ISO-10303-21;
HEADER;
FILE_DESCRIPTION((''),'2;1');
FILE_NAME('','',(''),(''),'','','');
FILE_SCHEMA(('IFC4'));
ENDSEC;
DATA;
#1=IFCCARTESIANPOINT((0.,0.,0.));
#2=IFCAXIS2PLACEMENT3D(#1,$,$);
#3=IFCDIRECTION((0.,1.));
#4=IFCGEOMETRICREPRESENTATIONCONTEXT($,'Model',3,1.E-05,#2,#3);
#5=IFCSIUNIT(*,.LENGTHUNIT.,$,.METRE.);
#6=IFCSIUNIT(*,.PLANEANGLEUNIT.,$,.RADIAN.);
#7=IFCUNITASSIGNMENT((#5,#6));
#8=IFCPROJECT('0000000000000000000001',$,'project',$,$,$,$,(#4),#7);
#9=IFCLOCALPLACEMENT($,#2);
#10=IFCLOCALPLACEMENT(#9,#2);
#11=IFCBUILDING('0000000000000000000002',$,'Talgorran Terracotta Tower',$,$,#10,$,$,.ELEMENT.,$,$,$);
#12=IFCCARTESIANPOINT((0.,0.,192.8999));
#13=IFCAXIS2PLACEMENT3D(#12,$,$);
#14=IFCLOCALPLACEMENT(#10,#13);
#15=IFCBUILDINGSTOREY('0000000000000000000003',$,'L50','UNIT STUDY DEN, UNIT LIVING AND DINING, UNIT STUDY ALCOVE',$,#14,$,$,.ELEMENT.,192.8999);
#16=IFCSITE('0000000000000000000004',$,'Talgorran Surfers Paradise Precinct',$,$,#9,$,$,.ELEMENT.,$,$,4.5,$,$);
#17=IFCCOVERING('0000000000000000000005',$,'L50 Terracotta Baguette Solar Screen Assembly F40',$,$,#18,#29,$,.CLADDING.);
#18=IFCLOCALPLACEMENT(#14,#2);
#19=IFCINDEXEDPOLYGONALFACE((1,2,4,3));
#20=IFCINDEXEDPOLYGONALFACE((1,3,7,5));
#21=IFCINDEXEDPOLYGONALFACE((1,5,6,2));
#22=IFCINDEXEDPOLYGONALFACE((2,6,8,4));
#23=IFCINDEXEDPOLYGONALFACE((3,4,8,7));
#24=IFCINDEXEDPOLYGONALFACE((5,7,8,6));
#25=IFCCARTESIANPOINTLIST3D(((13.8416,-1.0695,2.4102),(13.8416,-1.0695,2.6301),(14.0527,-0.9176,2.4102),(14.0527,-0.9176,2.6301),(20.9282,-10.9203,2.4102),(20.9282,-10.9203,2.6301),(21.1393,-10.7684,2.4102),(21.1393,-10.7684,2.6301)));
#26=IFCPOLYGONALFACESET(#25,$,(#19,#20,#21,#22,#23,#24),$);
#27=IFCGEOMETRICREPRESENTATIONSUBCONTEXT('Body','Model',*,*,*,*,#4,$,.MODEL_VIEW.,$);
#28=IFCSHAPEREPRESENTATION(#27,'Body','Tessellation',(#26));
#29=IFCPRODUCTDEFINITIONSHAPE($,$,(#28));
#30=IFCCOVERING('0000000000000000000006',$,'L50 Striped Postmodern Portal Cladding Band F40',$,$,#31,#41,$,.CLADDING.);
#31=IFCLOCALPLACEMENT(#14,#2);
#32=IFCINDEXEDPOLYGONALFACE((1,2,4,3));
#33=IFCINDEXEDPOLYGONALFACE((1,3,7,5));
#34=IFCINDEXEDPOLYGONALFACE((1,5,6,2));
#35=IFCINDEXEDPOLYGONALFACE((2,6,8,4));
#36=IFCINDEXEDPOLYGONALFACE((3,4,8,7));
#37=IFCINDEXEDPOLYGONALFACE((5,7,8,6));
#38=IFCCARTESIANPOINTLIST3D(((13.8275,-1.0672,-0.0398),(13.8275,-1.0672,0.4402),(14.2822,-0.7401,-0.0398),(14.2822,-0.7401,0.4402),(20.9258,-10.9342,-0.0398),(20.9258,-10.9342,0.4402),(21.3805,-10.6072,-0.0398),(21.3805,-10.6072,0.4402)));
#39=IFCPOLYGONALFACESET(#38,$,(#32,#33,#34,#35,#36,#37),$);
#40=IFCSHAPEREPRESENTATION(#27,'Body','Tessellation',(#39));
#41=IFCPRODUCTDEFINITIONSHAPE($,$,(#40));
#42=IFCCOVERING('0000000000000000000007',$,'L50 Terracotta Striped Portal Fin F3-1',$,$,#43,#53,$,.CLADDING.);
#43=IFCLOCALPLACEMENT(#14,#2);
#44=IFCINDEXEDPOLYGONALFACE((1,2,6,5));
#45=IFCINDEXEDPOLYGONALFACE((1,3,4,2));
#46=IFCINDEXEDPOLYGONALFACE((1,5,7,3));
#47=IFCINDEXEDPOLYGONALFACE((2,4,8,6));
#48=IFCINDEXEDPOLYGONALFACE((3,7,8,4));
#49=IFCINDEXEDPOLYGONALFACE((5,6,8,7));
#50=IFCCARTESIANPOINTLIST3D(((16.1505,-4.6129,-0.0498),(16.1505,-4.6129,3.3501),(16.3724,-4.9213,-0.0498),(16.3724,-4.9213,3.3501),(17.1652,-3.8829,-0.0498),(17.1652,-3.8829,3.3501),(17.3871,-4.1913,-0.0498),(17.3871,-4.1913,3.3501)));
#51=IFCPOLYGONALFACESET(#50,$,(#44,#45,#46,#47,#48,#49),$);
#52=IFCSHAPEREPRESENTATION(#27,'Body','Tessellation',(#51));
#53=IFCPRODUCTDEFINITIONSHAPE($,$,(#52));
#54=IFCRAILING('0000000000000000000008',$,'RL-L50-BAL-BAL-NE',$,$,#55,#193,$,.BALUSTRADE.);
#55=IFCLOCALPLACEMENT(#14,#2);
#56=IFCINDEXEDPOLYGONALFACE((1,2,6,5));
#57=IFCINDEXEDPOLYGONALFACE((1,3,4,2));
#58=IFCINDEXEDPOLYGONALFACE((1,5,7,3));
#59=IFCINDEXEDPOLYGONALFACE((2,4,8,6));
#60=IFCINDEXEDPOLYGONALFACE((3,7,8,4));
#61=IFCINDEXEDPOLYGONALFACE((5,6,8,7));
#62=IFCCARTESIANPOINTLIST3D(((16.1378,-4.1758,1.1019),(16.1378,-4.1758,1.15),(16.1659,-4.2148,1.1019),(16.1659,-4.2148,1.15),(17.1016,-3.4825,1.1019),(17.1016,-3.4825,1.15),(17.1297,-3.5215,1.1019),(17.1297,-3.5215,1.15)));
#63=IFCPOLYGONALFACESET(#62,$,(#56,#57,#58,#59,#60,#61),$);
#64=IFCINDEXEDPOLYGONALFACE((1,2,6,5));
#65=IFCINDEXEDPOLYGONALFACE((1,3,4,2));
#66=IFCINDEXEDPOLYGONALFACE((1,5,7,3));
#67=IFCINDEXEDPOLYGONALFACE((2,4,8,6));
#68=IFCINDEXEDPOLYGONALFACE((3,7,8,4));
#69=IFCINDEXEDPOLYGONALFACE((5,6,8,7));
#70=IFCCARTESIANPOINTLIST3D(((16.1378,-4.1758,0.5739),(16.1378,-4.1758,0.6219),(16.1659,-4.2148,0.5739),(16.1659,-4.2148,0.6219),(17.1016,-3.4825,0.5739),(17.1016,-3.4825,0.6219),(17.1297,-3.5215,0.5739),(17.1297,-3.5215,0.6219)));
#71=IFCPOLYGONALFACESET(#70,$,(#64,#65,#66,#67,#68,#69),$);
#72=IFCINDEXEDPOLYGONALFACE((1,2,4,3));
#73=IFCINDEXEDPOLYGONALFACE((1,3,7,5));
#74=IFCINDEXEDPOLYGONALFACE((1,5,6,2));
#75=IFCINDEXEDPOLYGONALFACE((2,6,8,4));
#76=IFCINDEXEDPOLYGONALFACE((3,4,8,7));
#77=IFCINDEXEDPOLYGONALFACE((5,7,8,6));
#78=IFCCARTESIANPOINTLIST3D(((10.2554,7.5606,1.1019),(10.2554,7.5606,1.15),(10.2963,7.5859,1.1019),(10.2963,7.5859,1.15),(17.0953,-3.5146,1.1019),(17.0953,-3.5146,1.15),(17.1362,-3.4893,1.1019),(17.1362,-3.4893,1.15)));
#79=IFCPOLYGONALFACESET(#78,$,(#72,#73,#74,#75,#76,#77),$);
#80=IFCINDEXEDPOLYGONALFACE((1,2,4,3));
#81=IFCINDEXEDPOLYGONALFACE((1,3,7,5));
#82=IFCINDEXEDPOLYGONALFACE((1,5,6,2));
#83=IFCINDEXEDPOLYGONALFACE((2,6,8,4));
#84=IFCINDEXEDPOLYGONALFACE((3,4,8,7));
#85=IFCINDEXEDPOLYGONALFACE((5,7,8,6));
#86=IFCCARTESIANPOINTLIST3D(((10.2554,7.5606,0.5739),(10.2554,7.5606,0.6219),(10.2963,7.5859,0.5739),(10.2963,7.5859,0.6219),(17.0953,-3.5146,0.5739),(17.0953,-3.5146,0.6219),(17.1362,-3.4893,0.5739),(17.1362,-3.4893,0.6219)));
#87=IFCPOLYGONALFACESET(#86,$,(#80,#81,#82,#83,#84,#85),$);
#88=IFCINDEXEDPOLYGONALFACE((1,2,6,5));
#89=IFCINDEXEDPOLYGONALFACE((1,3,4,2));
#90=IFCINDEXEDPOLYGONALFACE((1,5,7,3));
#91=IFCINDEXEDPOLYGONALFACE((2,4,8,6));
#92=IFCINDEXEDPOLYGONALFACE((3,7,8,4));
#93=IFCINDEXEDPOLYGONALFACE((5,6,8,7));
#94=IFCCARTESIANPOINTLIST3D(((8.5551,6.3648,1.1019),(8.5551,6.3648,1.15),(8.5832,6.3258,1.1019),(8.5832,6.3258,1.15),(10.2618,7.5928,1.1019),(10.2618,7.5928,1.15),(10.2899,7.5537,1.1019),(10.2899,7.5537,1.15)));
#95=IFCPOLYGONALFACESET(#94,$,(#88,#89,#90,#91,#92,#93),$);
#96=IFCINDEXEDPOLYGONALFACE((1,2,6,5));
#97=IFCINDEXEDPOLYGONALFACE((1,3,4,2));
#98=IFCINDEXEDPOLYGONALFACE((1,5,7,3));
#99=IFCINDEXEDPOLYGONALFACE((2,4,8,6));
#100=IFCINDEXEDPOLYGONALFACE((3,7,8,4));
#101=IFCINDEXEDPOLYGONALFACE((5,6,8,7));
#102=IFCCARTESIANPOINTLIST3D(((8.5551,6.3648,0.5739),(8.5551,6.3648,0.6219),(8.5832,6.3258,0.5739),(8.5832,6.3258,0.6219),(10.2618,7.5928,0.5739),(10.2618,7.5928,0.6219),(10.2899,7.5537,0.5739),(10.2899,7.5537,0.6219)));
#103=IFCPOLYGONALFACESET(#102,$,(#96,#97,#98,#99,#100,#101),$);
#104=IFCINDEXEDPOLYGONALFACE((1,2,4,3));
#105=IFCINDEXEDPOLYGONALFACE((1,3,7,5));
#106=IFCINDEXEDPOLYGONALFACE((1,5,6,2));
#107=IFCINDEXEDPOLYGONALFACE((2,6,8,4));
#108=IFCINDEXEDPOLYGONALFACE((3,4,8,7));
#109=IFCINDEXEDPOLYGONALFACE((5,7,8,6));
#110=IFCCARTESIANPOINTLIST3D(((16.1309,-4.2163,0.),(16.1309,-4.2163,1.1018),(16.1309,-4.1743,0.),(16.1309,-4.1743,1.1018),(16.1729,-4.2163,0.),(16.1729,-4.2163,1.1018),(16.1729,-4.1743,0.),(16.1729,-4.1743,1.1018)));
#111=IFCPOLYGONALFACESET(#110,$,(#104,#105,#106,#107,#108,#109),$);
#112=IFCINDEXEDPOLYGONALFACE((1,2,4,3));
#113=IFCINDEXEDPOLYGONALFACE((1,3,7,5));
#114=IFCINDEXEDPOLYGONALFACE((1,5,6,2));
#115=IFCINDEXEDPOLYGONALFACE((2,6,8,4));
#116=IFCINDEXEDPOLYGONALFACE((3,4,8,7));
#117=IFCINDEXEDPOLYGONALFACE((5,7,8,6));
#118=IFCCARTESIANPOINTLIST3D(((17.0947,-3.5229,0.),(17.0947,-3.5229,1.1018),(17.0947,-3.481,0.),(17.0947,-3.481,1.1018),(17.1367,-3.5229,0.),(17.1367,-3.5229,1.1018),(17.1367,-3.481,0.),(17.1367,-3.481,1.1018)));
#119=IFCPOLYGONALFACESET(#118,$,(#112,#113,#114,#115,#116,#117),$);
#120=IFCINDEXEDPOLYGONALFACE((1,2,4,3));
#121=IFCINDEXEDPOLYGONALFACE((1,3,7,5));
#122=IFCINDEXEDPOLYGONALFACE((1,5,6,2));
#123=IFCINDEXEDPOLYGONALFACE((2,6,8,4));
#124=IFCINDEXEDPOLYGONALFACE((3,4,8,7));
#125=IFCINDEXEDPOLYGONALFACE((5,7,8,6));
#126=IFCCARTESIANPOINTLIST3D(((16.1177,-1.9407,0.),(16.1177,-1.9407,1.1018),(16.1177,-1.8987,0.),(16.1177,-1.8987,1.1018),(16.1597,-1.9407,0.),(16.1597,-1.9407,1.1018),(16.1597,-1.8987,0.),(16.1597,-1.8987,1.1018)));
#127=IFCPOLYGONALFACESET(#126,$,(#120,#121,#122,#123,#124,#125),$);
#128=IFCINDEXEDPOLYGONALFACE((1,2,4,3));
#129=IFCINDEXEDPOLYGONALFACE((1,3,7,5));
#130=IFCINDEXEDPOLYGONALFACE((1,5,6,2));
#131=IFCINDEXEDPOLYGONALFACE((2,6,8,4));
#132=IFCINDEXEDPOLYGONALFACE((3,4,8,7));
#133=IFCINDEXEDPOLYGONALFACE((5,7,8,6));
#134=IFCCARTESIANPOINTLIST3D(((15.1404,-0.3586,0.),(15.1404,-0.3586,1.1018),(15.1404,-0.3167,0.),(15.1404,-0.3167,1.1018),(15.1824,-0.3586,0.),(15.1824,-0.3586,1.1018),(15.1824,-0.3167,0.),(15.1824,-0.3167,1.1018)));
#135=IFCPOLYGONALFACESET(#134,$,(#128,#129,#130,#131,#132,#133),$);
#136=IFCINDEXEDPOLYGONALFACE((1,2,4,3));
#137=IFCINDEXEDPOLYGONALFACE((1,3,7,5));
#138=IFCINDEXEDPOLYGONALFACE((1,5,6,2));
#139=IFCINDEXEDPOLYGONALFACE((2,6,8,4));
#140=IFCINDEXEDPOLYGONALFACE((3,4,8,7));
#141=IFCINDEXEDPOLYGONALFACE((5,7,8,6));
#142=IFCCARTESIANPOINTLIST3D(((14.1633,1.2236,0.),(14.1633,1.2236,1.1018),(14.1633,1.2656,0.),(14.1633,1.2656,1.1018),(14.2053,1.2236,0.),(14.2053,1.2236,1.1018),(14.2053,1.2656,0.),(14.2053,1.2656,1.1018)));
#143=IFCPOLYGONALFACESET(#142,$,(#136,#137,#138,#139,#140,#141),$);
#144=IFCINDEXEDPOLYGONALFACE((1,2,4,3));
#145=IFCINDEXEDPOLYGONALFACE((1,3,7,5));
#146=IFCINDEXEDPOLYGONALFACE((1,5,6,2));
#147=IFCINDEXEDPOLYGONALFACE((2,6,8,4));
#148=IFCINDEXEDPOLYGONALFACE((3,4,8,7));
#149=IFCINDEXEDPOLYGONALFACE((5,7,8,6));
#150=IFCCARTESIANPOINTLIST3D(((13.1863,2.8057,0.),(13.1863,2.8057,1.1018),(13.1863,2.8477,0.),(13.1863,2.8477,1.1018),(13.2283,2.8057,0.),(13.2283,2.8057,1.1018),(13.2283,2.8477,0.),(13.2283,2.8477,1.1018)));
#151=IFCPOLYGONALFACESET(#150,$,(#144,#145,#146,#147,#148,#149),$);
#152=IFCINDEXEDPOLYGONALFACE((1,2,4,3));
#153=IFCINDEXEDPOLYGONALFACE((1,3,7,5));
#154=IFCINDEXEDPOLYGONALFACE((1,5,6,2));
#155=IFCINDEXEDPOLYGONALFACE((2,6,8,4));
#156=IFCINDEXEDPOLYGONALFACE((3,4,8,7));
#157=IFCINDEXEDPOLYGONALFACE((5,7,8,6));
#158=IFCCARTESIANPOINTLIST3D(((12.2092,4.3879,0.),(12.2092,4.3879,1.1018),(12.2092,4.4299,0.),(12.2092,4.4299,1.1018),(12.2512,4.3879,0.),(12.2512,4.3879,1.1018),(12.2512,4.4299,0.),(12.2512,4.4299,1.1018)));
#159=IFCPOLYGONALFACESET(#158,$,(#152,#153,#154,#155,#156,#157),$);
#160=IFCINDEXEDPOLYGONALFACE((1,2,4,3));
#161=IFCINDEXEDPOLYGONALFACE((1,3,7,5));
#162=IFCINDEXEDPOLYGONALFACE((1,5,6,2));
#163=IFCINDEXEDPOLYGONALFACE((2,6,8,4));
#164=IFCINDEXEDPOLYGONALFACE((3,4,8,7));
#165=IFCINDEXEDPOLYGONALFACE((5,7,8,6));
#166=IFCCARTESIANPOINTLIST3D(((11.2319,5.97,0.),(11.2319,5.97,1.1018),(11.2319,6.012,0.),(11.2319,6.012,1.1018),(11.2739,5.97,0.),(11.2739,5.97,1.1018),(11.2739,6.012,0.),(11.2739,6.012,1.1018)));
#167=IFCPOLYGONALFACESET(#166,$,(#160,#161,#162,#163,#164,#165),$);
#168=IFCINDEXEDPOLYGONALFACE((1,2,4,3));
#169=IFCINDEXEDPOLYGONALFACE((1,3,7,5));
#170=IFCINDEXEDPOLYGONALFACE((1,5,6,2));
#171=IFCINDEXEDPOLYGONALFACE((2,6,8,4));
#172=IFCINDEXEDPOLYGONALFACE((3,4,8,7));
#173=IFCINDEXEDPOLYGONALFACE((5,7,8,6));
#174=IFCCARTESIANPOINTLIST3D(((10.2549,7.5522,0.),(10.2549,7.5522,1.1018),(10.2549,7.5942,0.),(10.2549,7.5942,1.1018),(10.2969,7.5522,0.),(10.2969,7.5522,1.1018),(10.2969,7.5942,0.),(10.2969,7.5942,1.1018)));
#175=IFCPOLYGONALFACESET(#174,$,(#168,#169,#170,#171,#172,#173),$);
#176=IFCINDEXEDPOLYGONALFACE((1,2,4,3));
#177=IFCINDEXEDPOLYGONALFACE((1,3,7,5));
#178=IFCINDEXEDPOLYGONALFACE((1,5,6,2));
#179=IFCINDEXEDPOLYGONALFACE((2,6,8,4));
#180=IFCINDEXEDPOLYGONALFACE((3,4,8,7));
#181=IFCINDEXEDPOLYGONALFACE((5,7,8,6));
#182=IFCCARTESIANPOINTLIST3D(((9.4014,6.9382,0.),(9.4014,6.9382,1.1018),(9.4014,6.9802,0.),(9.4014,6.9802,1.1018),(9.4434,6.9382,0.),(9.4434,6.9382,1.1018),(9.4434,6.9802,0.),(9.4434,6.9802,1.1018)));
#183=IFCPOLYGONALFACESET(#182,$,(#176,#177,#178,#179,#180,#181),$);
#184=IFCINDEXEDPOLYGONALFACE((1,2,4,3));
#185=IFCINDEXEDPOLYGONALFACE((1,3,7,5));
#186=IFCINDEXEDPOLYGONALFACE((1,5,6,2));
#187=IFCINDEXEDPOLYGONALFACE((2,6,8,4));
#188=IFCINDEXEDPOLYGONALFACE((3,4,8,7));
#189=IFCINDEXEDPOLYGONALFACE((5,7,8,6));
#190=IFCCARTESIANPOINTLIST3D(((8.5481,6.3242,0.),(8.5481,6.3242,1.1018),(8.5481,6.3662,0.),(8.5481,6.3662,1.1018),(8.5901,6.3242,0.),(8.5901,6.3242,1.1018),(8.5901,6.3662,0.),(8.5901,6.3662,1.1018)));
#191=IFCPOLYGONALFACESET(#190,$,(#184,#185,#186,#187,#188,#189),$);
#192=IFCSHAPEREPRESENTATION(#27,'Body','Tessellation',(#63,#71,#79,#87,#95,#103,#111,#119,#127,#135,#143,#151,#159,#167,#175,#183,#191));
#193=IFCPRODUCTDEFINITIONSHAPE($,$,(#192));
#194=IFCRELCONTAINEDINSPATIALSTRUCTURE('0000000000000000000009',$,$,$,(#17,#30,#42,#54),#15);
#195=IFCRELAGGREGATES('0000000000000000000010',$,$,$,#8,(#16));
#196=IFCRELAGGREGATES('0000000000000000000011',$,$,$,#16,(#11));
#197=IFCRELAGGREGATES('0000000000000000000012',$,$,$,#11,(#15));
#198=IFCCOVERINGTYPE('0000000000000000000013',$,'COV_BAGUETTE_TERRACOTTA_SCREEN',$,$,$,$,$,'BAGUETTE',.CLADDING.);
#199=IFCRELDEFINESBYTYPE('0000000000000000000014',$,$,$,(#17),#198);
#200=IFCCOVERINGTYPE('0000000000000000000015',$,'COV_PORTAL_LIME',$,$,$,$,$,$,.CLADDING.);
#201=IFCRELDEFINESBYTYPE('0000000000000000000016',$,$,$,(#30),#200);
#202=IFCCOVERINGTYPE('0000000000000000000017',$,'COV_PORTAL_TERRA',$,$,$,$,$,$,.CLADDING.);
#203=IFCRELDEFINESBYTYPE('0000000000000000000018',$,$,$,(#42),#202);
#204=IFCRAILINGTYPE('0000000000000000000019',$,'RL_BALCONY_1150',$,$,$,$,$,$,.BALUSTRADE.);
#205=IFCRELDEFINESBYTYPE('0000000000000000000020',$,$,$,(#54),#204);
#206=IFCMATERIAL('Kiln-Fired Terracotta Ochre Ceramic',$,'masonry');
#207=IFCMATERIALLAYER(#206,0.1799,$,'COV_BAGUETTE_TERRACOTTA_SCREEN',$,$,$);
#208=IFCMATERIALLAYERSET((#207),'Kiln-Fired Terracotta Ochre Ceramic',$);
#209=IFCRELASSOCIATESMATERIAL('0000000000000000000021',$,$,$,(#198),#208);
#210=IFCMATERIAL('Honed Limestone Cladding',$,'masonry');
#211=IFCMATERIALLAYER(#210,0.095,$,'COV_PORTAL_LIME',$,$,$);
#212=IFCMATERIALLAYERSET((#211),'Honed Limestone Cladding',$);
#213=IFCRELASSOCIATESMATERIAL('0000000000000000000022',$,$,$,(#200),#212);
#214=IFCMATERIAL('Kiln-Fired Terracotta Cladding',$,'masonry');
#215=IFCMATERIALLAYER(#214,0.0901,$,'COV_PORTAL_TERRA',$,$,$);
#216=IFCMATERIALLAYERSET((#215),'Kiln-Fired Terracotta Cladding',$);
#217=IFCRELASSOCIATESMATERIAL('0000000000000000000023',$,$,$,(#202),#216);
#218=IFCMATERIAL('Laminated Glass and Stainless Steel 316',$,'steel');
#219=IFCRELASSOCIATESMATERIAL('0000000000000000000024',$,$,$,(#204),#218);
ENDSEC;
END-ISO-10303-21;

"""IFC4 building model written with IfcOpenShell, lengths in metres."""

from ifc_helpers import new_model, si_unit, direction, frame, origin, origin_2d, place, context, subcontext, project, spatial, rectangle, extrude, material, layer, layer_set, type_object, element, save


model = new_model("IFC4")

# Units and contexts
model_context = context("Model", 3, precision=1e-05, world=origin(), true_north=direction((0.0, 1.0)))
body_context = subcontext(model_context, "Body", "Model", "MODEL_VIEW")
ifc_project = project(units=[si_unit("LENGTHUNIT", "METRE"), si_unit("PLANEANGLEUNIT", "RADIAN")], contexts=[model_context])

# Site, building, storey
site_placement = place(None, origin())
site = spatial("IfcSite", under=ifc_project, at=site_placement, Name="Talgorran Surfers Paradise Precinct", CompositionType="ELEMENT", RefElevation=4.5)
building_placement = place(site_placement, origin())
building = spatial("IfcBuilding", under=site, at=building_placement, Name="Talgorran Terracotta Tower", CompositionType="ELEMENT")
storey_placement = place(building_placement, frame((0.0, 0.0, 192.8999)))
storey = spatial("IfcBuildingStorey", under=building, at=storey_placement, Name="L50", Description="UNIT STUDY DEN, UNIT LIVING AND DINING, UNIT STUDY ALCOVE", CompositionType="ELEMENT", Elevation=192.8999)

# Coverings
ifc_material_1 = material(Name="Kiln-Fired Terracotta Ochre Ceramic", Category="masonry")
ifc_layer_1 = layer(ifc_material_1, 0.1799, Name="COV_BAGUETTE_TERRACOTTA_SCREEN")
ifc_layer_set_1 = layer_set([ifc_layer_1], Name="Kiln-Fired Terracotta Ochre Ceramic")
covering_type_1 = type_object("IfcCoveringType", Name="COV_BAGUETTE_TERRACOTTA_SCREEN", ElementType="BAGUETTE", PredefinedType="CLADDING", material=ifc_layer_set_1)
covering_1_placement = place(storey_placement, frame((17.4905, -5.9189, 2.4102), z_axis=(0.0, 0.0, 1.0), x_axis=(-0.583981, 0.811768, 0.0)))
element("IfcCovering", 1, at=covering_1_placement, inside=storey, type_object=covering_type_1, Name="L50 Terracotta Baguette Solar Screen Assembly F40", PredefinedType="CLADDING", context=body_context, shape_type="SweptSolid", body=[
    extrude(rectangle(XDim=12.135, YDim=0.26, at=origin_2d()), origin(), (0.0, 0.0, 1.0), 0.22),
])
ifc_material_2 = material(Name="Honed Limestone Cladding", Category="masonry")
ifc_layer_2 = layer(ifc_material_2, 0.095, Name="COV_PORTAL_LIME")
ifc_layer_set_2 = layer_set([ifc_layer_2], Name="Honed Limestone Cladding")
covering_type_2 = type_object("IfcCoveringType", Name="COV_PORTAL_LIME", PredefinedType="CLADDING", material=ifc_layer_set_2)
covering_2_placement = place(storey_placement, frame((17.604, -5.8372, -0.0398), z_axis=(0.0, 0.0, 1.0), x_axis=(-0.583981, 0.811768, 0.0)))
element("IfcCovering", 2, at=covering_2_placement, inside=storey, type_object=covering_type_2, Name="L50 Striped Postmodern Portal Cladding Band F40", PredefinedType="CLADDING", context=body_context, shape_type="SweptSolid", body=[
    extrude(rectangle(XDim=12.155, YDim=0.5601, at=origin_2d()), origin(), (0.0, 0.0, 1.0), 0.48),
])
ifc_material_3 = material(Name="Kiln-Fired Terracotta Cladding", Category="masonry")
ifc_layer_3 = layer(ifc_material_3, 0.0901, Name="COV_PORTAL_TERRA")
ifc_layer_set_3 = layer_set([ifc_layer_3], Name="Kiln-Fired Terracotta Cladding")
covering_type_3 = type_object("IfcCoveringType", Name="COV_PORTAL_TERRA", PredefinedType="CLADDING", material=ifc_layer_set_3)
covering_3_placement = place(storey_placement, frame((16.7688, -4.4021, -0.0498), z_axis=(0.0, 0.0, 1.0), x_axis=(-0.583981, 0.811768, 0.0)))
element("IfcCovering", 3, at=covering_3_placement, inside=storey, type_object=covering_type_3, Name="L50 Terracotta Striped Portal Fin F3-1", PredefinedType="CLADDING", context=body_context, shape_type="SweptSolid", body=[
    extrude(rectangle(XDim=0.3799, YDim=1.25, at=origin_2d()), origin(), (0.0, 0.0, 1.0), 3.3999),
])

# Railing
ifc_material_4 = material(Name="Laminated Glass and Stainless Steel 316", Category="steel")
railing_type = type_object("IfcRailingType", Name="RL_BALCONY_1150", PredefinedType="BALUSTRADE", material=ifc_material_4)
railing_placement = place(storey_placement, frame((16.1519, -4.1953, 0.0)))
element("IfcRailing", 4, at=railing_placement, inside=storey, type_object=railing_type, Name="RL-L50-BAL-BAL-NE", PredefinedType="BALUSTRADE", context=body_context, shape_type="SweptSolid", body=[
    extrude(rectangle(XDim=0.0481, YDim=0.0481, at=origin_2d()), frame((0.0, 0.0, 1.126), z_axis=(0.811784, 0.583958, 0.0), x_axis=(-0.583958, 0.811784, 0.0)), (0.0, 0.0, 1.0), 1.1873),
    extrude(rectangle(XDim=0.0481, YDim=0.0481, at=origin_2d()), frame((0.0, 0.0, 0.5979), z_axis=(0.811784, 0.583958, 0.0), x_axis=(-0.583958, 0.811784, 0.0)), (0.0, 0.0, 1.0), 1.1873),
    extrude(rectangle(XDim=0.0481, YDim=0.0481, at=origin_2d()), frame((0.9639, 0.6934, 1.126), z_axis=(-0.525453, 0.850823, 0.0), x_axis=(-0.850823, -0.525453, 0.0)), (0.0, 0.0, 1.0), 13.0171),
    extrude(rectangle(XDim=0.0481, YDim=0.0481, at=origin_2d()), frame((0.9639, 0.6934, 0.5979), z_axis=(-0.525453, 0.850823, 0.0), x_axis=(-0.850823, -0.525453, 0.0)), (0.0, 0.0, 1.0), 13.0171),
    extrude(rectangle(XDim=0.0481, YDim=0.0481, at=origin_2d()), frame((-5.876, 11.7686, 1.126), z_axis=(-0.811728, -0.584036, 0.0), x_axis=(0.584036, -0.811728, 0.0)), (0.0, 0.0, 1.0), 2.1025),
    extrude(rectangle(XDim=0.0481, YDim=0.0481, at=origin_2d()), frame((-5.876, 11.7686, 0.5979), z_axis=(-0.811728, -0.584036, 0.0), x_axis=(0.584036, -0.811728, 0.0)), (0.0, 0.0, 1.0), 2.1025),
    extrude(rectangle(XDim=0.042, YDim=0.042, at=origin_2d()), origin(), (0.0, 0.0, 1.0), 1.1018),
    extrude(rectangle(XDim=0.042, YDim=0.042, at=origin_2d()), frame((0.9639, 0.6934, 0.0)), (0.0, 0.0, 1.0), 1.1018),
    extrude(rectangle(XDim=0.042, YDim=0.042, at=origin_2d()), frame((-0.0132, 2.2756, 0.0)), (0.0, 0.0, 1.0), 1.1018),
    extrude(rectangle(XDim=0.042, YDim=0.042, at=origin_2d()), frame((-0.9905, 3.8577, 0.0)), (0.0, 0.0, 1.0), 1.1018),
    extrude(rectangle(XDim=0.042, YDim=0.042, at=origin_2d()), frame((-1.9675, 5.4399, 0.0)), (0.0, 0.0, 1.0), 1.1018),
    extrude(rectangle(XDim=0.042, YDim=0.042, at=origin_2d()), frame((-2.9446, 7.022, 0.0)), (0.0, 0.0, 1.0), 1.1018),
    extrude(rectangle(XDim=0.042, YDim=0.042, at=origin_2d()), frame((-3.9216, 8.6042, 0.0)), (0.0, 0.0, 1.0), 1.1018),
    extrude(rectangle(XDim=0.042, YDim=0.042, at=origin_2d()), frame((-4.8989, 10.1863, 0.0)), (0.0, 0.0, 1.0), 1.1018),
    extrude(rectangle(XDim=0.042, YDim=0.042, at=origin_2d()), frame((-5.876, 11.7686, 0.0)), (0.0, 0.0, 1.0), 1.1018),
    extrude(rectangle(XDim=0.042, YDim=0.042, at=origin_2d()), frame((-6.7295, 11.1545, 0.0)), (0.0, 0.0, 1.0), 1.1018),
    extrude(rectangle(XDim=0.042, YDim=0.042, at=origin_2d()), frame((-7.5828, 10.5405, 0.0)), (0.0, 0.0, 1.0), 1.1018),
])

save(model, "model.ifc")
